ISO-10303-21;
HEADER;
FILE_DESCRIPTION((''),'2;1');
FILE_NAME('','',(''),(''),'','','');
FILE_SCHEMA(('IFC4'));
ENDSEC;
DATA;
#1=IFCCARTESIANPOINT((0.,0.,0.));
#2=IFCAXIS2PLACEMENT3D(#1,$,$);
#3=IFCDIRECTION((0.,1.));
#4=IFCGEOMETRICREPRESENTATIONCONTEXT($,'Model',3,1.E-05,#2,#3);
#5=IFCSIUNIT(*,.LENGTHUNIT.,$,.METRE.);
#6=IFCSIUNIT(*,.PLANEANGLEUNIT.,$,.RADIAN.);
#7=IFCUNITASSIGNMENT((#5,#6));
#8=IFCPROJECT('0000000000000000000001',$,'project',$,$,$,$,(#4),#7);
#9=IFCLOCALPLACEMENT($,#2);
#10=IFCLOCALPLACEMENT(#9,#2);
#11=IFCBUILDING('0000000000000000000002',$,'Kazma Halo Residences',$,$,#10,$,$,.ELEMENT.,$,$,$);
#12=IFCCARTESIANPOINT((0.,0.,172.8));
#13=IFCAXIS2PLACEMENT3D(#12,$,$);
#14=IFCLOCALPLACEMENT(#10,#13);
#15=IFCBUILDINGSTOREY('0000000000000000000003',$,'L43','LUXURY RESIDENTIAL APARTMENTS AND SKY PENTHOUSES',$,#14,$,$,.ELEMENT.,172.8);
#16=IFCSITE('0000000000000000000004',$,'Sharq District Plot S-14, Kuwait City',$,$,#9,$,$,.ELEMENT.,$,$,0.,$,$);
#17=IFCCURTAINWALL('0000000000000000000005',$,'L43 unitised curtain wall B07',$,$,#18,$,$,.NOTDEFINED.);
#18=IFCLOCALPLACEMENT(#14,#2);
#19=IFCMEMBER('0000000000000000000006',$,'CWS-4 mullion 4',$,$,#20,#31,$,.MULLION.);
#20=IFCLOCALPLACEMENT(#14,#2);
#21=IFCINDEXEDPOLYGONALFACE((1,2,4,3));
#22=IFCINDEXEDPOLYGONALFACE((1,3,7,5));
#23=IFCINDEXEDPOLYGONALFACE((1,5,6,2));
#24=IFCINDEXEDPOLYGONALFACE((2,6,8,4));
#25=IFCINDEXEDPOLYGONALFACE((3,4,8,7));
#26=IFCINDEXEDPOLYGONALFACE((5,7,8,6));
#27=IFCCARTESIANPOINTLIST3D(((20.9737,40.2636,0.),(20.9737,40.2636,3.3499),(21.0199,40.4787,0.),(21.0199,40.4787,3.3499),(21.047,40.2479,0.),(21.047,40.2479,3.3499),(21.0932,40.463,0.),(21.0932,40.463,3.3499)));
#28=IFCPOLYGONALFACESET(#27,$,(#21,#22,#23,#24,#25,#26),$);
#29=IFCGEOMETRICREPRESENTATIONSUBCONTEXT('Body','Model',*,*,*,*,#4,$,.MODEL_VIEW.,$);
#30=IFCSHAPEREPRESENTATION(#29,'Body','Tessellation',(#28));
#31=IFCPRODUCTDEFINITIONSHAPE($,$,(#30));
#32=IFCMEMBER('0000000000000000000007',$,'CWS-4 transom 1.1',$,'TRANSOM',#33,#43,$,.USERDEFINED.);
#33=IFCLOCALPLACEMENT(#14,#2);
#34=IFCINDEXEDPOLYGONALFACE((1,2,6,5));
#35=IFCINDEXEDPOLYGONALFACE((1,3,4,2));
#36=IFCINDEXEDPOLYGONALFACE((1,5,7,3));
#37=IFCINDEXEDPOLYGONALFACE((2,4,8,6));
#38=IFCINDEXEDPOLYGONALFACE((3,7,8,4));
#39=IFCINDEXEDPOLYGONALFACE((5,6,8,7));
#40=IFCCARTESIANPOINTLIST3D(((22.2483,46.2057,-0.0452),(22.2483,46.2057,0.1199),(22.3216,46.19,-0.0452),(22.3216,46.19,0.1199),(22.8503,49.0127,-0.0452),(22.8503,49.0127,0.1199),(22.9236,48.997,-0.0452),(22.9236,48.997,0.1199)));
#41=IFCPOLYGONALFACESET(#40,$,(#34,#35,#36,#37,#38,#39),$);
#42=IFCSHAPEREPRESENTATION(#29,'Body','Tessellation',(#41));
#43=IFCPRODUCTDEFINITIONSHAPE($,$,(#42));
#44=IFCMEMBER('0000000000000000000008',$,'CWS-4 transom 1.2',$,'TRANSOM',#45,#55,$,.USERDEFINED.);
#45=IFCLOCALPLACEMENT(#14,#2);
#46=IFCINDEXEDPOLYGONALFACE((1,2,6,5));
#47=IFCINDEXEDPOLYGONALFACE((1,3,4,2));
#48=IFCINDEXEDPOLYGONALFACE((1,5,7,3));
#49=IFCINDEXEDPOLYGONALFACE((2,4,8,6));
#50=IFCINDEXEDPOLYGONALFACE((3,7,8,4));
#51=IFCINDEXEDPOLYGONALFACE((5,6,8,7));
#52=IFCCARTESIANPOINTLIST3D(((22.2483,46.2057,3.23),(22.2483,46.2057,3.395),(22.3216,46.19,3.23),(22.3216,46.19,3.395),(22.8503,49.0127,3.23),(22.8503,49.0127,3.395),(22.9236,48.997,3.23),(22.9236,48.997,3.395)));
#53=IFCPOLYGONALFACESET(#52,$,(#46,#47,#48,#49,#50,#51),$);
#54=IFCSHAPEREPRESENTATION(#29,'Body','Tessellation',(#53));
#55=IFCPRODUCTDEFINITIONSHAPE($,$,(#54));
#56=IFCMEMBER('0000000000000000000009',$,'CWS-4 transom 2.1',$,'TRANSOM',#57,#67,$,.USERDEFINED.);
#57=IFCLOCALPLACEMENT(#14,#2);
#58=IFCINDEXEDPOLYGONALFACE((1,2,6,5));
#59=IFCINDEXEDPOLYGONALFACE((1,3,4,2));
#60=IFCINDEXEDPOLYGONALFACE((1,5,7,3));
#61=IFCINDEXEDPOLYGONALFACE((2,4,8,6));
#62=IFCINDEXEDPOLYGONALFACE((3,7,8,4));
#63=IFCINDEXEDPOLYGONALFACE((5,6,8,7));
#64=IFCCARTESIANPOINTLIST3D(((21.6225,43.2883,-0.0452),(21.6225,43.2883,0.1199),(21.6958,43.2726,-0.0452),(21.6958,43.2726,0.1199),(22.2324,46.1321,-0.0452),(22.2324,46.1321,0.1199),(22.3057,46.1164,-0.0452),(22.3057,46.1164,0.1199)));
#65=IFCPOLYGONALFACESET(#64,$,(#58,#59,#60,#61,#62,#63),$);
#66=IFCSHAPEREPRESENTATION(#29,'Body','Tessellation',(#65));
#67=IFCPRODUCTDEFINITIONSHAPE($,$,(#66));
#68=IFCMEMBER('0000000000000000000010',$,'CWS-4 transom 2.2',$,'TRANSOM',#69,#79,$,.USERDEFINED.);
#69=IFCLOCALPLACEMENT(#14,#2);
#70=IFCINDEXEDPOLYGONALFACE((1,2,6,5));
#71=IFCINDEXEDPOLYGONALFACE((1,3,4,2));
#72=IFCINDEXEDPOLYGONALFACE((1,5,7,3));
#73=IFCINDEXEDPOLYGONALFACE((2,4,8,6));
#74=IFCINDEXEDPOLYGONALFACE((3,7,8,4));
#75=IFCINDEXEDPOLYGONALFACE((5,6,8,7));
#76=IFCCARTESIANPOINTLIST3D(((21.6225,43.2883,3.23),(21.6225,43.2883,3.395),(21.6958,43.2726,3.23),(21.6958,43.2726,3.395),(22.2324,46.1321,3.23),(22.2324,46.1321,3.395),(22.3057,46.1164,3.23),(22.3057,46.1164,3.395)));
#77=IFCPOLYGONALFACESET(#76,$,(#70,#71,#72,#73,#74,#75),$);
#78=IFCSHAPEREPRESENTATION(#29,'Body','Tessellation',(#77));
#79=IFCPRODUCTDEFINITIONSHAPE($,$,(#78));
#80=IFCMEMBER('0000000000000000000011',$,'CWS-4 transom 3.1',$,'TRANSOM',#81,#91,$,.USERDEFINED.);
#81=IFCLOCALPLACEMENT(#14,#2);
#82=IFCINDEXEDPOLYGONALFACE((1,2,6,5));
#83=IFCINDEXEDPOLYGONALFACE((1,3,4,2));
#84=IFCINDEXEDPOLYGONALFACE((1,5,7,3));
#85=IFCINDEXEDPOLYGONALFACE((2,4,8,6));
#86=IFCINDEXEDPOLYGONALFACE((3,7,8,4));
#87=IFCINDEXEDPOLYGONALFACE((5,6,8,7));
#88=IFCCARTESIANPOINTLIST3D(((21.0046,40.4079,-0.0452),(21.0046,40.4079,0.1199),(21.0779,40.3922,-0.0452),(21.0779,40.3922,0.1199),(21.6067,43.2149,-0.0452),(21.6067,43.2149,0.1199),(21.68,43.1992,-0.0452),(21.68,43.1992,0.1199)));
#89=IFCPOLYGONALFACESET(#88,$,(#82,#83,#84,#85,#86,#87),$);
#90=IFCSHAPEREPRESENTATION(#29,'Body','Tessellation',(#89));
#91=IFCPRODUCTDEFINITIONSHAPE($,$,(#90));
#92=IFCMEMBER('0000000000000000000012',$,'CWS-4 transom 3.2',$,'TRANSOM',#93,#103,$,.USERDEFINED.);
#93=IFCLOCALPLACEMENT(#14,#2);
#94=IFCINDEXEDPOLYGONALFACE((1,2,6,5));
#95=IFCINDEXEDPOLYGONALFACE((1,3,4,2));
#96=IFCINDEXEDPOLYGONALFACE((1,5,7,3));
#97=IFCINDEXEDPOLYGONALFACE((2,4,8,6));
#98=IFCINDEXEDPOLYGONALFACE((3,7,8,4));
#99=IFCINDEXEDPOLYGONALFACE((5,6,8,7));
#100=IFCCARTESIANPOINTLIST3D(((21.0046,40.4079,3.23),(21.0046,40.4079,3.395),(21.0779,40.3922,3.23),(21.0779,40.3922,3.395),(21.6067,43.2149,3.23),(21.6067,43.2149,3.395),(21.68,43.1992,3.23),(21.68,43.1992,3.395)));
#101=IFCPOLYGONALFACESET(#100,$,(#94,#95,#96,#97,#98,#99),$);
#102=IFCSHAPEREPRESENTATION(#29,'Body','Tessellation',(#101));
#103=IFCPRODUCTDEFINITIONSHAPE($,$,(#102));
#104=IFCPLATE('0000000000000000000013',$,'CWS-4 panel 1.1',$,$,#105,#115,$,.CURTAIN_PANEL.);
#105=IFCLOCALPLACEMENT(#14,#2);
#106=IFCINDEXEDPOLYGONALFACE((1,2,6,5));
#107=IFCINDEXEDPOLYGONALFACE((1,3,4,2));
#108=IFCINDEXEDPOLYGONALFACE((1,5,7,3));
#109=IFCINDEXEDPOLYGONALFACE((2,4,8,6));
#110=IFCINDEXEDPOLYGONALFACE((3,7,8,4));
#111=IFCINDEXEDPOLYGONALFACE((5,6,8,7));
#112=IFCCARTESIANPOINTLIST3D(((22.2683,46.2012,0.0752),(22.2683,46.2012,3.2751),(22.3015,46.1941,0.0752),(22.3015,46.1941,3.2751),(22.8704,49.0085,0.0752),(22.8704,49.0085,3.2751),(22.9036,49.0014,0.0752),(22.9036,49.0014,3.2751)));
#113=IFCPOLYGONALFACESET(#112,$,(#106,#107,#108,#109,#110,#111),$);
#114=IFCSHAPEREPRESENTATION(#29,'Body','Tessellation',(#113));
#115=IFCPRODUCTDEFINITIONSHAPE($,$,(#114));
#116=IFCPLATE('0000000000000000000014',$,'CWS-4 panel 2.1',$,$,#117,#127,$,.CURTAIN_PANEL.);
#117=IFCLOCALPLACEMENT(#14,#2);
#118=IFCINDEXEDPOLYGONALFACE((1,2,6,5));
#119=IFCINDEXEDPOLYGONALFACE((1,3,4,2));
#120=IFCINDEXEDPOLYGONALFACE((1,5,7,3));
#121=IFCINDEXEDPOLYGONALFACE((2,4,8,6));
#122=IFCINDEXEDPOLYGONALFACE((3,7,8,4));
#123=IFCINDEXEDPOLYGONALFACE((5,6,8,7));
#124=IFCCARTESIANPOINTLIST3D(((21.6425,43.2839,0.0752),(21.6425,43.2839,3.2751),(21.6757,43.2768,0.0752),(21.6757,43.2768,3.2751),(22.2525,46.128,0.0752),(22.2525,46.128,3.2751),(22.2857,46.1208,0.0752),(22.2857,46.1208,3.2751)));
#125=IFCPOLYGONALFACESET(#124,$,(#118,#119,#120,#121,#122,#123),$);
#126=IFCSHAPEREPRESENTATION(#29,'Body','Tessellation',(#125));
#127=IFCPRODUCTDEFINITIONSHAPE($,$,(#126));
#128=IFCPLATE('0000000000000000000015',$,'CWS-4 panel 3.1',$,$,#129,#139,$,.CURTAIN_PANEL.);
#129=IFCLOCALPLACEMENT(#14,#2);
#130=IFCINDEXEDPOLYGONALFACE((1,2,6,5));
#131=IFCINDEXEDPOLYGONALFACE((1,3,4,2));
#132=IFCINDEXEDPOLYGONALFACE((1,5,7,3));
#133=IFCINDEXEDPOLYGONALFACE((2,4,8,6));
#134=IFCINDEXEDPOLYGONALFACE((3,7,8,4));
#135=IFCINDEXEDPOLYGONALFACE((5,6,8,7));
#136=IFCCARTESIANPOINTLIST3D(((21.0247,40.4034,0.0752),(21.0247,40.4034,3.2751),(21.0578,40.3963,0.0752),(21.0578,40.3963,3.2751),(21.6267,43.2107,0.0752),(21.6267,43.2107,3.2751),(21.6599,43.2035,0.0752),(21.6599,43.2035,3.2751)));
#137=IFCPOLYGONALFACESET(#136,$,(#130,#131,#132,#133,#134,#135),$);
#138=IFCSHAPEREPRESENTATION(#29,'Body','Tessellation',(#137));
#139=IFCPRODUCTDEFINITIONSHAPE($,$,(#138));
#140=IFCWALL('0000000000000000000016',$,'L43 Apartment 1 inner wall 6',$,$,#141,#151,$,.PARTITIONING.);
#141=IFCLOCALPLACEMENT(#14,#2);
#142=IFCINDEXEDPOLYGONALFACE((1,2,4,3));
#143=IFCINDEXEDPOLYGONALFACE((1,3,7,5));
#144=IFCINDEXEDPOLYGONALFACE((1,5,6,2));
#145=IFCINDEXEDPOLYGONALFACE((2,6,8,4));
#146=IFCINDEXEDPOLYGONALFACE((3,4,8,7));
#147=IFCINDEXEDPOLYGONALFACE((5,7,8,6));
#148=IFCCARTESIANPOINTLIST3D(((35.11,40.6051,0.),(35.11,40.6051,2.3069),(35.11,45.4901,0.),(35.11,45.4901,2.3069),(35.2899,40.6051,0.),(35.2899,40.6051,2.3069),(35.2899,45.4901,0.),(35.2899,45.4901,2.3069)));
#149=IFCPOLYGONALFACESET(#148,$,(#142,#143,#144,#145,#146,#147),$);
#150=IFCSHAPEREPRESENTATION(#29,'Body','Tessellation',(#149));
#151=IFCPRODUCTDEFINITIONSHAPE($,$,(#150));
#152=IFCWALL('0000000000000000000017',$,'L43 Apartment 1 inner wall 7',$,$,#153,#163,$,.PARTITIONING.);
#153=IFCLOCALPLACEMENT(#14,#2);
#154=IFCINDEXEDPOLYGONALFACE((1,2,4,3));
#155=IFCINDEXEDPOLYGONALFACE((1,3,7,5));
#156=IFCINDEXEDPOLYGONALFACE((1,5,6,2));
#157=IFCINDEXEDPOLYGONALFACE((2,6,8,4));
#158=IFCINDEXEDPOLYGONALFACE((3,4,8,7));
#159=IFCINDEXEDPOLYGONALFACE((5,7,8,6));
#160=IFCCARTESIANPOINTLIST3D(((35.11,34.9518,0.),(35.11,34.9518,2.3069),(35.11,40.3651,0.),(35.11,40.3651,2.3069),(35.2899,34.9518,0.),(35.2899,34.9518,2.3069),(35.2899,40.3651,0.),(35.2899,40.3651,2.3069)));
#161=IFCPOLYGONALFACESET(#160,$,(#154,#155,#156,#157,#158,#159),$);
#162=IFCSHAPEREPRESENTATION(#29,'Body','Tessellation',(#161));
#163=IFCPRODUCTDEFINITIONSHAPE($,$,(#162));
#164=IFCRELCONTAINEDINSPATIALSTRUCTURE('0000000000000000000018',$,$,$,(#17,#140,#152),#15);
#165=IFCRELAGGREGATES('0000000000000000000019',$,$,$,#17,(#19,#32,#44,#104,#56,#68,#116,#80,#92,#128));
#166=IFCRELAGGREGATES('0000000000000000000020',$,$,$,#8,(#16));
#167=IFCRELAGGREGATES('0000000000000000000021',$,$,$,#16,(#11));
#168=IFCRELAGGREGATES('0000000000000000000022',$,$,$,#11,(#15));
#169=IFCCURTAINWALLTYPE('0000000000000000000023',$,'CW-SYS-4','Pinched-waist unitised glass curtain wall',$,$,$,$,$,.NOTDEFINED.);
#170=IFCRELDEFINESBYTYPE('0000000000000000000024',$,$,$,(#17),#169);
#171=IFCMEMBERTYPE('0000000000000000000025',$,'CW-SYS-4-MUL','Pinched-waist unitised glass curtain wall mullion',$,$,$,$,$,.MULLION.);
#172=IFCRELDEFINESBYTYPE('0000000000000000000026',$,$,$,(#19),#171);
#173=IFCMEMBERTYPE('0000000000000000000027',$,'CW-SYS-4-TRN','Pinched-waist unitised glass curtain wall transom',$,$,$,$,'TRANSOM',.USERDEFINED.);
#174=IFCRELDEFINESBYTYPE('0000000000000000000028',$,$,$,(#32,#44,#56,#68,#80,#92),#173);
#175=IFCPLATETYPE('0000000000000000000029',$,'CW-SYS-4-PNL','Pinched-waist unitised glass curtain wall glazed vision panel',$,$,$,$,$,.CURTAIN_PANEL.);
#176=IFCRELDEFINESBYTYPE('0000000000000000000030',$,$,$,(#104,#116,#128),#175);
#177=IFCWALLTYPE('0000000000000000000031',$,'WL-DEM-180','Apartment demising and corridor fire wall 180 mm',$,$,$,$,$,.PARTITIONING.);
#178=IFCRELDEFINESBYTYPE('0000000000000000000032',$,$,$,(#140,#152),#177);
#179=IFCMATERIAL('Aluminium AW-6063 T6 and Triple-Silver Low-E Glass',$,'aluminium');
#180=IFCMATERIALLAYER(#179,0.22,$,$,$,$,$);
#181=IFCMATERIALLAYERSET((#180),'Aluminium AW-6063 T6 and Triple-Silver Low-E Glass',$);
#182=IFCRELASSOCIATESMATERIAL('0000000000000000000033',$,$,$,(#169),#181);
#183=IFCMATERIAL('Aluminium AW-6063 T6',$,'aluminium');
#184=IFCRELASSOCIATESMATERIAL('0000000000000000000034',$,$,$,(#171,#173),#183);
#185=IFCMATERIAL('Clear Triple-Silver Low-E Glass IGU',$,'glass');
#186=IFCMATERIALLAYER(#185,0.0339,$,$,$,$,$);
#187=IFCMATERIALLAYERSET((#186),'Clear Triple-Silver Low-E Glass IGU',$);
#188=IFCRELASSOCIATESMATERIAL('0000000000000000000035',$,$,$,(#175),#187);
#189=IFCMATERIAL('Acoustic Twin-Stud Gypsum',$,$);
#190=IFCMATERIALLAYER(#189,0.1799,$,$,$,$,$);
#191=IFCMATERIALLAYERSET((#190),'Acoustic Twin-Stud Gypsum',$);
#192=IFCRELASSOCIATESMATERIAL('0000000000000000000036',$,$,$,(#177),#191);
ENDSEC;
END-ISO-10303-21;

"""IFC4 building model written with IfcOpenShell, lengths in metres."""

from ifc_helpers import new_model, si_unit, direction, frame, frame_2d, origin, origin_2d, place, context, subcontext, project, spatial, rectangle, extrude, material, layer, layer_set, material_profile, profile_set, type_object, element, aggregate, save


model = new_model("IFC4")

# Units and contexts
model_context = context("Model", 3, precision=1e-05, world=origin(), true_north=direction((0.0, 1.0)))
body_context = subcontext(model_context, "Body", "Model", "MODEL_VIEW")
ifc_project = project(units=[si_unit("LENGTHUNIT", "METRE"), si_unit("PLANEANGLEUNIT", "RADIAN")], contexts=[model_context])

# Site, building, storey
site_placement = place(None, origin())
site = spatial("IfcSite", under=ifc_project, at=site_placement, Name="Sharq District Plot S-14, Kuwait City", CompositionType="ELEMENT", RefElevation=0.0)
building_placement = place(site_placement, origin())
building = spatial("IfcBuilding", under=site, at=building_placement, Name="Kazma Halo Residences", CompositionType="ELEMENT")
storey_placement = place(building_placement, frame((0.0, 0.0, 172.8)))
storey = spatial("IfcBuildingStorey", under=building, at=storey_placement, Name="L43", Description="LUXURY RESIDENTIAL APARTMENTS AND SKY PENTHOUSES", CompositionType="ELEMENT", Elevation=172.8)

# Curtain wall, members, plates
ifc_material_1 = material(Name="Aluminium AW-6063 T6 and Triple-Silver Low-E Glass", Category="aluminium")
ifc_layer_1 = layer(ifc_material_1, 0.22)
ifc_layer_set_1 = layer_set([ifc_layer_1], Name="Aluminium AW-6063 T6 and Triple-Silver Low-E Glass")
curtain_wall_type = type_object("IfcCurtainWallType", Name="CW-SYS-4", Description="Pinched-waist unitised glass curtain wall", PredefinedType="NOTDEFINED", material=ifc_layer_set_1)
curtain_wall_placement = place(storey_placement, origin())
curtain_wall = element("IfcCurtainWall", 1, at=curtain_wall_placement, inside=storey, type_object=curtain_wall_type, Name="L43 unitised curtain wall B07", PredefinedType="NOTDEFINED")
ifc_material_2 = material(Name="Aluminium AW-6063 T6", Category="aluminium")
ifc_material_profile_1 = material_profile(ifc_material_2, rectangle(XDim=0.075, YDim=0.22, at=origin_2d()), Name="CWM-75x220")
ifc_profile_set_1 = profile_set([ifc_material_profile_1], Name="Aluminium AW-6063 T6")
member_type_1 = type_object("IfcMemberType", Name="CW-SYS-4-MUL", Description="Pinched-waist unitised glass curtain wall mullion", PredefinedType="MULLION", material=ifc_profile_set_1)
member_1_placement = place(storey_placement, frame((21.0334, 40.3633, 0.0), z_axis=(0.0, 0.0, 1.0), x_axis=(0.977765, -0.209704, 0.0)))
member_1 = element("IfcMember", 2, at=member_1_placement, type_object=member_type_1, Name="CWS-4 mullion 4", PredefinedType="MULLION", context=body_context, shape_type="SweptSolid", body=[
    extrude(rectangle(XDim=0.075, YDim=0.22, at=origin_2d()), origin(), (0.0, 0.0, 1.0), 3.3499),
])
ifc_material_profile_2 = material_profile(ifc_material_2, rectangle(XDim=0.075, YDim=0.165, at=origin_2d()), Name="CWT-75x165")
ifc_profile_set_2 = profile_set([ifc_material_profile_2], Name="Aluminium AW-6063 T6")
member_type_2 = type_object("IfcMemberType", Name="CW-SYS-4-TRN", Description="Pinched-waist unitised glass curtain wall transom", ElementType="TRANSOM", PredefinedType="USERDEFINED", material=ifc_profile_set_2)
member_2_placement = place(storey_placement, frame((22.887, 49.0049, 0.0374), z_axis=(-0.209703, -0.977765, 0.0), x_axis=(0.977765, -0.209703, 0.0)))
member_2 = element("IfcMember", 3, at=member_2_placement, type_object=member_type_2, Name="CWS-4 transom 1.1", ObjectType="TRANSOM", PredefinedType="USERDEFINED", context=body_context, shape_type="SweptSolid", body=[
    extrude(rectangle(XDim=0.075, YDim=0.165, at=origin_2d()), origin(), (0.0, 0.0, 1.0), 2.8708),
])
member_3_placement = place(storey_placement, frame((22.887, 49.0049, 3.3125), z_axis=(-0.209703, -0.977765, 0.0), x_axis=(0.977765, -0.209703, 0.0)))
member_3 = element("IfcMember", 4, at=member_3_placement, type_object=member_type_2, Name="CWS-4 transom 1.2", ObjectType="TRANSOM", PredefinedType="USERDEFINED", context=body_context, shape_type="SweptSolid", body=[
    extrude(rectangle(XDim=0.075, YDim=0.165, at=origin_2d()), origin(), (0.0, 0.0, 1.0), 2.8708),
])
member_4_placement = place(storey_placement, frame((22.269, 46.1243, 0.0374), z_axis=(-0.20969, -0.977768, 0.0), x_axis=(0.977768, -0.20969, 0.0)))
member_4 = element("IfcMember", 5, at=member_4_placement, type_object=member_type_2, Name="CWS-4 transom 2.1", ObjectType="TRANSOM", PredefinedType="USERDEFINED", context=body_context, shape_type="SweptSolid", body=[
    extrude(rectangle(XDim=0.075, YDim=0.165, at=origin_2d()), origin(), (0.0, 0.0, 1.0), 2.9084),
])
member_5_placement = place(storey_placement, frame((22.269, 46.1243, 3.3125), z_axis=(-0.20969, -0.977768, 0.0), x_axis=(0.977768, -0.20969, 0.0)))
member_5 = element("IfcMember", 6, at=member_5_placement, type_object=member_type_2, Name="CWS-4 transom 2.2", ObjectType="TRANSOM", PredefinedType="USERDEFINED", context=body_context, shape_type="SweptSolid", body=[
    extrude(rectangle(XDim=0.075, YDim=0.165, at=origin_2d()), origin(), (0.0, 0.0, 1.0), 2.9084),
])
member_6_placement = place(storey_placement, frame((21.6433, 43.207, 0.0374), z_axis=(-0.209703, -0.977765, 0.0), x_axis=(0.977765, -0.209703, 0.0)))
member_6 = element("IfcMember", 7, at=member_6_placement, type_object=member_type_2, Name="CWS-4 transom 3.1", ObjectType="TRANSOM", PredefinedType="USERDEFINED", context=body_context, shape_type="SweptSolid", body=[
    extrude(rectangle(XDim=0.075, YDim=0.165, at=origin_2d()), origin(), (0.0, 0.0, 1.0), 2.8708),
])
member_7_placement = place(storey_placement, frame((21.6433, 43.207, 3.3125), z_axis=(-0.209703, -0.977765, 0.0), x_axis=(0.977765, -0.209703, 0.0)))
member_7 = element("IfcMember", 8, at=member_7_placement, type_object=member_type_2, Name="CWS-4 transom 3.2", ObjectType="TRANSOM", PredefinedType="USERDEFINED", context=body_context, shape_type="SweptSolid", body=[
    extrude(rectangle(XDim=0.075, YDim=0.165, at=origin_2d()), origin(), (0.0, 0.0, 1.0), 2.8708),
])
ifc_material_3 = material(Name="Clear Triple-Silver Low-E Glass IGU", Category="glass")
ifc_layer_2 = layer(ifc_material_3, 0.0339)
ifc_layer_set_2 = layer_set([ifc_layer_2], Name="Clear Triple-Silver Low-E Glass IGU")
plate_type = type_object("IfcPlateType", Name="CW-SYS-4-PNL", Description="Pinched-waist unitised glass curtain wall glazed vision panel", PredefinedType="CURTAIN_PANEL", material=ifc_layer_set_2)
plate_1_placement = place(storey_placement, frame((22.5859, 47.6013, 0.0752), z_axis=(0.0, 0.0, 1.0), x_axis=(-0.209704, -0.977765, 0.0)))
plate_1 = element("IfcPlate", 9, at=plate_1_placement, type_object=plate_type, Name="CWS-4 panel 1.1", PredefinedType="CURTAIN_PANEL", context=body_context, shape_type="SweptSolid", body=[
    extrude(rectangle(XDim=2.8711, YDim=0.0339, at=origin_2d()), origin(), (0.0, 0.0, 1.0), 3.2),
])
plate_2_placement = place(storey_placement, frame((21.9641, 44.7024, 0.0752), z_axis=(0.0, 0.0, 1.0), x_axis=(-0.209704, -0.977765, 0.0)))
plate_2 = element("IfcPlate", 10, at=plate_2_placement, type_object=plate_type, Name="CWS-4 panel 2.1", PredefinedType="CURTAIN_PANEL", context=body_context, shape_type="SweptSolid", body=[
    extrude(rectangle(XDim=2.9087, YDim=0.0339, at=origin_2d()), origin(), (0.0, 0.0, 1.0), 3.2),
])
plate_3_placement = place(storey_placement, frame((21.3423, 41.8035, 0.0752), z_axis=(0.0, 0.0, 1.0), x_axis=(-0.209704, -0.977765, 0.0)))
plate_3 = element("IfcPlate", 11, at=plate_3_placement, type_object=plate_type, Name="CWS-4 panel 3.1", PredefinedType="CURTAIN_PANEL", context=body_context, shape_type="SweptSolid", body=[
    extrude(rectangle(XDim=2.8711, YDim=0.0339, at=origin_2d()), origin(), (0.0, 0.0, 1.0), 3.2),
])
aggregate(curtain_wall, [member_1, member_2, member_3, plate_1, member_4, member_5, plate_2, member_6, member_7, plate_3])

# Walls
ifc_material_4 = material(Name="Acoustic Twin-Stud Gypsum")
ifc_layer_3 = layer(ifc_material_4, 0.1799)
ifc_layer_set_3 = layer_set([ifc_layer_3], Name="Acoustic Twin-Stud Gypsum")
wall_type_1 = type_object("IfcWallType", Name="WL-DEM-180", Description="Apartment demising and corridor fire wall 180 mm", PredefinedType="PARTITIONING", material=ifc_layer_set_3)
wall_1_placement = place(storey_placement, frame((35.2, 45.49, 0.0), z_axis=(0.0, 0.0, 1.0), x_axis=(0.0, -1.0, 0.0)))
element("IfcWall", 12, at=wall_1_placement, inside=storey, type_object=wall_type_1, Name="L43 Apartment 1 inner wall 6", PredefinedType="PARTITIONING", context=body_context, shape_type="SweptSolid", body=[
    extrude(rectangle(XDim=4.885, YDim=0.1799, at=frame_2d((2.4424, 0.0))), origin(), (0.0, 0.0, 1.0), 2.3069),
])
wall_2_placement = place(storey_placement, frame((35.2, 40.365, 0.0), z_axis=(0.0, 0.0, 1.0), x_axis=(0.0, -1.0, 0.0)))
element("IfcWall", 13, at=wall_2_placement, inside=storey, type_object=wall_type_1, Name="L43 Apartment 1 inner wall 7", PredefinedType="PARTITIONING", context=body_context, shape_type="SweptSolid", body=[
    extrude(rectangle(XDim=5.4133, YDim=0.1799, at=frame_2d((2.7065, 0.0))), origin(), (0.0, 0.0, 1.0), 2.3069),
])

save(model, "model.ifc")
